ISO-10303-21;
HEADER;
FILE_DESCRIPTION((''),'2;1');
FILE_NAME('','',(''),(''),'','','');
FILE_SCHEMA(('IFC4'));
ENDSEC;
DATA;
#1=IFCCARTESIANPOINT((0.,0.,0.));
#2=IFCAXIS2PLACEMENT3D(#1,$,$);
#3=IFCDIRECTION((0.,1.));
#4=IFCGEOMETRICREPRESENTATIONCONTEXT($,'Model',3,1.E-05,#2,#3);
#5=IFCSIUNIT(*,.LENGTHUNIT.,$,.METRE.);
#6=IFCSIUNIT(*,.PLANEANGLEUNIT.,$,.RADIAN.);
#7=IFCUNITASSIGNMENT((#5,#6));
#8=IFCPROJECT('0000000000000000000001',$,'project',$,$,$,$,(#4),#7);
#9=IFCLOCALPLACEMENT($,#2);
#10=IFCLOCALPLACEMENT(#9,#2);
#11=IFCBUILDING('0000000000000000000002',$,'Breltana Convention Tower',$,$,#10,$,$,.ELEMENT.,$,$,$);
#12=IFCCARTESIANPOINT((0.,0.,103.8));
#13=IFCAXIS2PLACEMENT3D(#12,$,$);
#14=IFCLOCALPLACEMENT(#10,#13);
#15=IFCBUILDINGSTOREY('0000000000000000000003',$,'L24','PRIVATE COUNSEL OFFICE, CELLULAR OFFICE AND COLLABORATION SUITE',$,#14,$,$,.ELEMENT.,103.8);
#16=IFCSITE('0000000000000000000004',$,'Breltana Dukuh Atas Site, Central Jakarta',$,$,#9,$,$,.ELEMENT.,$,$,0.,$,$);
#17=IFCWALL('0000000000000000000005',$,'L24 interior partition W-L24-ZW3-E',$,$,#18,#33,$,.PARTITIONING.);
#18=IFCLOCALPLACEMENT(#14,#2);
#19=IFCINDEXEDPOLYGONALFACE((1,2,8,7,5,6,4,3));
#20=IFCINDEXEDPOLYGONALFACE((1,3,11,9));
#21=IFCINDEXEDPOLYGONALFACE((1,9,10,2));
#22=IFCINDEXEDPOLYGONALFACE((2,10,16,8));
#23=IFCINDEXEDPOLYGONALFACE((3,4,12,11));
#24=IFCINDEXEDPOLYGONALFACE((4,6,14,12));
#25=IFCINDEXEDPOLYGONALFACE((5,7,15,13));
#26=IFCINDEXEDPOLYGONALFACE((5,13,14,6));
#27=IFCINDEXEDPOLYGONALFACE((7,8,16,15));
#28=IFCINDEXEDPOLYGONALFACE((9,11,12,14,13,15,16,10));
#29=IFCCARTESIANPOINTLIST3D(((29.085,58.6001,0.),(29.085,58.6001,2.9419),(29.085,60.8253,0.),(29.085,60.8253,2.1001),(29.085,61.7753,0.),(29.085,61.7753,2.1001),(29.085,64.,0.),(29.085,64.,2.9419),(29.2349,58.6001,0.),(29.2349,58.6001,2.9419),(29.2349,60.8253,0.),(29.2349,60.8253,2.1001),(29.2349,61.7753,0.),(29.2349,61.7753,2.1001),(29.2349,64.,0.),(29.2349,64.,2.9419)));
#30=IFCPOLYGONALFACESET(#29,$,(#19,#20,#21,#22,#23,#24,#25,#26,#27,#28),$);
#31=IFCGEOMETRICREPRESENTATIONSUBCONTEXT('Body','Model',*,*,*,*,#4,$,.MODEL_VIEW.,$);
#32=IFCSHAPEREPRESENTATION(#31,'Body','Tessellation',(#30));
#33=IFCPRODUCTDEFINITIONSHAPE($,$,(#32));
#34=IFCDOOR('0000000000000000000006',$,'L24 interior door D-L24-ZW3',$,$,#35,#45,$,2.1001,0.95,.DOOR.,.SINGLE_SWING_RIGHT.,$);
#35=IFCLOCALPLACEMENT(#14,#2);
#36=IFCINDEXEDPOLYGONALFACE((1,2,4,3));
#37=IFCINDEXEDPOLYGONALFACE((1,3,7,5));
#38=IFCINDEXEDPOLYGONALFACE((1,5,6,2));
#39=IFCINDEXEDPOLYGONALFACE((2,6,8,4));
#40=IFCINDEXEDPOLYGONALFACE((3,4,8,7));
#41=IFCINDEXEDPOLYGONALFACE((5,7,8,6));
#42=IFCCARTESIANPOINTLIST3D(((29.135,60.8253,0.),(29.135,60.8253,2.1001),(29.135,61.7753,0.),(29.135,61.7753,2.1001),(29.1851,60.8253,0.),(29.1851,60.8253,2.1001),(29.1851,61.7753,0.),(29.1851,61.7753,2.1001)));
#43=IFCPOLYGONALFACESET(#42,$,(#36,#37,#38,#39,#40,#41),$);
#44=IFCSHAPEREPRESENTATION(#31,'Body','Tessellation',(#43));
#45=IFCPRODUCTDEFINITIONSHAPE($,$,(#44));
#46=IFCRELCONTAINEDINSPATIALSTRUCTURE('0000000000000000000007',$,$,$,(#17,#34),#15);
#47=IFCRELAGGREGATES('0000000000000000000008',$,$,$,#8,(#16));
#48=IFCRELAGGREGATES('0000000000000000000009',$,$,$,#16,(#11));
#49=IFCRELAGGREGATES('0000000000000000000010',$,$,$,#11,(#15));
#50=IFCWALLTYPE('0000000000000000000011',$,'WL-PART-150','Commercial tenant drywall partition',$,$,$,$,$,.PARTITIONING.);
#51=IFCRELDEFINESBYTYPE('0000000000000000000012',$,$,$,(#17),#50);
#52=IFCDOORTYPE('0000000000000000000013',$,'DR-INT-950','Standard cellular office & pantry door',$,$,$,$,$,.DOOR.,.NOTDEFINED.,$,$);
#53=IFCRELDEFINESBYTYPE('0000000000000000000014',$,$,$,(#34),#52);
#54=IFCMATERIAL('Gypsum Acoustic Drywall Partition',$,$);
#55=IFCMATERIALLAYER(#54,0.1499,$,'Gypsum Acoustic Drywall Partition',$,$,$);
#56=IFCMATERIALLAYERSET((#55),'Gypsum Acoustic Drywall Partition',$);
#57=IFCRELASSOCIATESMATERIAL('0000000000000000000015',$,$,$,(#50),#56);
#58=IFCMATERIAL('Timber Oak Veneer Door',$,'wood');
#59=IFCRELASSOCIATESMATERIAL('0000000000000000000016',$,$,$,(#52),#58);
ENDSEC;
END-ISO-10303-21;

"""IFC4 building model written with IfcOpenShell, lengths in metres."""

from ifc_helpers import new_model, si_unit, direction, frame, frame_2d, origin, place, context, subcontext, project, spatial, rectangle, extrude, source, transform, mapped, material, layer, layer_set, type_object, type_shapes, element, fill, save


model = new_model("IFC4")

# Units and contexts
model_context = context("Model", 3, precision=1e-05, world=origin(), true_north=direction((0.0, 1.0)))
body_context = subcontext(model_context, "Body", "Model", "MODEL_VIEW")
ifc_project = project(units=[si_unit("LENGTHUNIT", "METRE"), si_unit("PLANEANGLEUNIT", "RADIAN")], contexts=[model_context])

# Site, building, storey
site_placement = place(None, origin())
site = spatial("IfcSite", under=ifc_project, at=site_placement, Name="Breltana Dukuh Atas Site, Central Jakarta", CompositionType="ELEMENT", RefElevation=0.0)
building_placement = place(site_placement, origin())
building = spatial("IfcBuilding", under=site, at=building_placement, Name="Breltana Convention Tower", CompositionType="ELEMENT")
storey_placement = place(building_placement, frame((0.0, 0.0, 103.8)))
storey = spatial("IfcBuildingStorey", under=building, at=storey_placement, Name="L24", Description="PRIVATE COUNSEL OFFICE, CELLULAR OFFICE AND COLLABORATION SUITE", CompositionType="ELEMENT", Elevation=103.8)

# Shared definitions
ifc_material_1 = material(Name="Gypsum Acoustic Drywall Partition")
ifc_layer_1 = layer(ifc_material_1, 0.1499, Name="Gypsum Acoustic Drywall Partition")
ifc_layer_set_1 = layer_set([ifc_layer_1], Name="Gypsum Acoustic Drywall Partition")
wall_type_1 = type_object("IfcWallType", Name="WL-PART-150", Description="Commercial tenant drywall partition", PredefinedType="PARTITIONING", material=ifc_layer_set_1)

# Shared definitions
ifc_material_2 = material(Name="Timber Oak Veneer Door", Category="wood")
door_type = type_object("IfcDoorType", Name="DR-INT-950", Description="Standard cellular office & pantry door", OperationType="NOTDEFINED", PredefinedType="DOOR", material=ifc_material_2)
shared_shape_1 = source(origin(), body_context, "Body", "SweptSolid", [
    extrude(rectangle(XDim=0.95, YDim=2.1001, at=frame_2d((0.4751, 1.05))), frame((0.0, 0.0249, 0.0), z_axis=(0.0, -1.0, 0.0), x_axis=(1.0, 0.0, 0.0)), (0.0, 0.0, 1.0), 0.05),
])
type_shapes(door_type, [shared_shape_1])

# Wall, opening, door
shared_shape_2 = source(origin(), body_context, "Body", "SweptSolid", [
    extrude(rectangle(XDim=5.3999, YDim=0.1499, at=frame_2d((2.7, 0.0))), origin(), (0.0, 0.0, 1.0), 2.9419),
])
wall_1_placement = place(storey_placement, frame((29.1599, 58.6001, 0.0), z_axis=(0.0, 0.0, 1.0), x_axis=(0.0, 1.0, 0.0)))
wall_1 = element("IfcWall", 1, at=wall_1_placement, inside=storey, type_object=wall_type_1, Name="L24 interior partition W-L24-ZW3-E", PredefinedType="PARTITIONING", context=body_context, shape_type="MappedRepresentation", body=[
    mapped(shared_shape_2, transform((0.0, 0.0, 0.0), scale=1.0)),
])
opening_1_placement = place(wall_1_placement, frame((2.2251, 0.0, 0.0)))
opening_1 = element("IfcOpeningElement", 2, at=opening_1_placement, cuts=wall_1, PredefinedType="OPENING", context=body_context, shape_type="SweptSolid", body=[
    extrude(rectangle(XDim=0.95, YDim=2.1001, at=frame_2d((0.4751, 1.05))), frame((0.0, 0.085, 0.0), z_axis=(0.0, -1.0, 0.0), x_axis=(1.0, 0.0, 0.0)), (0.0, 0.0, 1.0), 0.1699),
])
door_1_placement = place(opening_1_placement, origin())
door_1 = element("IfcDoor", 3, at=door_1_placement, inside=storey, type_object=door_type, Name="L24 interior door D-L24-ZW3", OperationType="SINGLE_SWING_RIGHT", OverallHeight=2.1001, OverallWidth=0.95, PredefinedType="DOOR", context=body_context, shape_type="MappedRepresentation", body=[
    mapped(shared_shape_1, transform((0.0, 0.0, 0.0), scale=1.0)),
])
fill(opening_1, door_1)

save(model, "model.ifc")
